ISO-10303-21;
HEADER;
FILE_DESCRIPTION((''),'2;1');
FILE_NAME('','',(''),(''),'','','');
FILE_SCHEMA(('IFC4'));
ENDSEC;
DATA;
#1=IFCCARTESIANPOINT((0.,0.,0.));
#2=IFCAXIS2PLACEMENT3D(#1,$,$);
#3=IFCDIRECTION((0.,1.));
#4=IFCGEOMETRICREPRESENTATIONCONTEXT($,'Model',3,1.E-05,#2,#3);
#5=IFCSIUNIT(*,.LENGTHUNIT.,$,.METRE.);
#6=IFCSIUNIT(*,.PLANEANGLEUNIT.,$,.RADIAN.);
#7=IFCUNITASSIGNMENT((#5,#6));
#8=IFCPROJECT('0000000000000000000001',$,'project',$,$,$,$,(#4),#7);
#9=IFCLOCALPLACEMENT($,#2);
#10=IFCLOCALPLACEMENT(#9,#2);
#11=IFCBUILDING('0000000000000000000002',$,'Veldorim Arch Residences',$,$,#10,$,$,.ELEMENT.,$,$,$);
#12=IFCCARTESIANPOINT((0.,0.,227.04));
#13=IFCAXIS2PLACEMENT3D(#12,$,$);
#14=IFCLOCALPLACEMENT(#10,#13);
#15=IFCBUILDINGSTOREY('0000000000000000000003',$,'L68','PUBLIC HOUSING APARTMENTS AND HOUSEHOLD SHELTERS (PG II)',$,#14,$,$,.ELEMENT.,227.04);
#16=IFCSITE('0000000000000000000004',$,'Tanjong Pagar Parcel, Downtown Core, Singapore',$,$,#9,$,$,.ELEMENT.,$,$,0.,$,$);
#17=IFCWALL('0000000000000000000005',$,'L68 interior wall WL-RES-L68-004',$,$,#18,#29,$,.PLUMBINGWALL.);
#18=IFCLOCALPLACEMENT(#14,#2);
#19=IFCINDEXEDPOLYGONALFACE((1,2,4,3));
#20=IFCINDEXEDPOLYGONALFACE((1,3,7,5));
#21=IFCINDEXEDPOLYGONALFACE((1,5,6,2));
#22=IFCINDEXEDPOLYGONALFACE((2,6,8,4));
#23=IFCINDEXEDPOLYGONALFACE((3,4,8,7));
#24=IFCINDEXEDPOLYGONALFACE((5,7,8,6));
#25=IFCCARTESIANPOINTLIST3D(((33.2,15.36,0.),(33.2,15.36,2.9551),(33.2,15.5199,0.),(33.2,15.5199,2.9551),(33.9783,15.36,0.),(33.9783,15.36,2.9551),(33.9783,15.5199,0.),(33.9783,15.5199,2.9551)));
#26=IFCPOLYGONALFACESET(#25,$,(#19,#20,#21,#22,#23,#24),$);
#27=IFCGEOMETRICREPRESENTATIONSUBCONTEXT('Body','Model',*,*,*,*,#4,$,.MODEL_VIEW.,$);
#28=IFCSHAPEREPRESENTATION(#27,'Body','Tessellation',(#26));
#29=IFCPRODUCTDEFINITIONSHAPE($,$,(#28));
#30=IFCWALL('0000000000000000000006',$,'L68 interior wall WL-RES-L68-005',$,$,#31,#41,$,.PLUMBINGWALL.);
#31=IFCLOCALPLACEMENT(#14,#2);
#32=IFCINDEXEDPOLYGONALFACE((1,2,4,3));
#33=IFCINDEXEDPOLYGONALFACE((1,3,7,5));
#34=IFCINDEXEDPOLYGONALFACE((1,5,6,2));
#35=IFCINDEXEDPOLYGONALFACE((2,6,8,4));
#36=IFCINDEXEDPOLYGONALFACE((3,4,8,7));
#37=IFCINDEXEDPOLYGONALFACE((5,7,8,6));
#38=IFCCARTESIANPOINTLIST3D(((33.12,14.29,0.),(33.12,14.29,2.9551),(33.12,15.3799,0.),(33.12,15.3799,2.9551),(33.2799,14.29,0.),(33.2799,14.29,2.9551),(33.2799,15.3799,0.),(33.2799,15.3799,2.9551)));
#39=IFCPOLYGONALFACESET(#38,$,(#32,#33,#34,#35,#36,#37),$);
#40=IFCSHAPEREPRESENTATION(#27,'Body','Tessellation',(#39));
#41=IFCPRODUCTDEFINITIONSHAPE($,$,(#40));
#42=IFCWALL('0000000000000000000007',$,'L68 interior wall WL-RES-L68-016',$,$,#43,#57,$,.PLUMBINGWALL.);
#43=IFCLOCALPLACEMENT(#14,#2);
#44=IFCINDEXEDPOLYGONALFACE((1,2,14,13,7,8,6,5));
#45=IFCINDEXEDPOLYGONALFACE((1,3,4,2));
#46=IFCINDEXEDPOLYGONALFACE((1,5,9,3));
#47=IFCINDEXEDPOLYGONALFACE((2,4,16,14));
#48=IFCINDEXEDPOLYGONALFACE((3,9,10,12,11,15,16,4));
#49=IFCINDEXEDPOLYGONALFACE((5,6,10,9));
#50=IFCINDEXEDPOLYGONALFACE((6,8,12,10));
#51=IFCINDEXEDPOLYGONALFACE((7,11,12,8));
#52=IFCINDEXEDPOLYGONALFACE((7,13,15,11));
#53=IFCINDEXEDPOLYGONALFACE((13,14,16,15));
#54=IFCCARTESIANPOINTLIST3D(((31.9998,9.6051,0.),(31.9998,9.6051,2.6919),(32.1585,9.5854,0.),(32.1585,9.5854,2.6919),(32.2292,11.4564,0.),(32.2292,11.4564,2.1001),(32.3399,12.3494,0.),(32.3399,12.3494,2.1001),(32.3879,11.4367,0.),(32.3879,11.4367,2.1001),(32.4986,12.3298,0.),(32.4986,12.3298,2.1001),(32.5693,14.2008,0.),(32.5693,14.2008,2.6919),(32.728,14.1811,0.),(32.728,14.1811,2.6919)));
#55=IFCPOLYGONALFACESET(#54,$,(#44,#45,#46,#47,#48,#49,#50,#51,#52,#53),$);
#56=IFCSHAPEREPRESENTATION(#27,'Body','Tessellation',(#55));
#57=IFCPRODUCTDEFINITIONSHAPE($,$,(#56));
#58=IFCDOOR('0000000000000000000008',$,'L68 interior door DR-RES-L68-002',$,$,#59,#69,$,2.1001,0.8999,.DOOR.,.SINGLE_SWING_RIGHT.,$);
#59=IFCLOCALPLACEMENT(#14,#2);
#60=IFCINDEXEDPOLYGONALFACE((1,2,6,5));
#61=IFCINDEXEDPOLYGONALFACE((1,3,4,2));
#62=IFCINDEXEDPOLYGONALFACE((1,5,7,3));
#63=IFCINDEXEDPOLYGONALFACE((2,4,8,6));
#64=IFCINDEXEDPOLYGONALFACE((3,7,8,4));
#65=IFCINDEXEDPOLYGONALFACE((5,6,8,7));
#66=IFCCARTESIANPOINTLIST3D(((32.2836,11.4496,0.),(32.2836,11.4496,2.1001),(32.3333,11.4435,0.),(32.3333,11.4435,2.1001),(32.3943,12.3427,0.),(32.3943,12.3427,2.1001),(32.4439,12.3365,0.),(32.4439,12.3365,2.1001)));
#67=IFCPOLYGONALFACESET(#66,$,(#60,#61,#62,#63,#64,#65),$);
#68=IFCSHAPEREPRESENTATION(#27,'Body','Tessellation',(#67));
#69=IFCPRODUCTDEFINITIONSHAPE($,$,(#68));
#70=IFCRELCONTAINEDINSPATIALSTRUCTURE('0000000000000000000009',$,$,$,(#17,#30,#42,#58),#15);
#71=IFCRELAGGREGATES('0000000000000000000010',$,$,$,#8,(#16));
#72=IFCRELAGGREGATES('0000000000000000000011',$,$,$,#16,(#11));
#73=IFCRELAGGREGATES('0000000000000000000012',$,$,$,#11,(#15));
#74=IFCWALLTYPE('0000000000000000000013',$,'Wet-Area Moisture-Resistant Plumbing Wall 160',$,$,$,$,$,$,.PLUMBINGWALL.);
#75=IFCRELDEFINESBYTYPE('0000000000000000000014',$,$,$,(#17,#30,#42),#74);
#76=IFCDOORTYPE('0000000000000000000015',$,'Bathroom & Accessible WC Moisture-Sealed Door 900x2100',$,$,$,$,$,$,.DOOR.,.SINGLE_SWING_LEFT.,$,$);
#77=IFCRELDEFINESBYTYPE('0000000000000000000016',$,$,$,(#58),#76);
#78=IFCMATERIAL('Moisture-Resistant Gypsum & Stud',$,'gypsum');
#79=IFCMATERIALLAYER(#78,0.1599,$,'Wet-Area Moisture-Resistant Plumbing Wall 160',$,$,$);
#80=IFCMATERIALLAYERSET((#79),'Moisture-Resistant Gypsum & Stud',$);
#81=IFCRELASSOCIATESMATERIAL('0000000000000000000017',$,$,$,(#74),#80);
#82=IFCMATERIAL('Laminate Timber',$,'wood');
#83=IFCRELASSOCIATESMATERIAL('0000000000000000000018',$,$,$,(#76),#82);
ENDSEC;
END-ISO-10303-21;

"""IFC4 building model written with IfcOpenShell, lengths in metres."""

from ifc_helpers import new_model, si_unit, direction, frame, frame_2d, origin, place, context, subcontext, project, spatial, rectangle, extrude, material, layer, layer_set, type_object, element, fill, save


model = new_model("IFC4")

# Units and contexts
model_context = context("Model", 3, precision=1e-05, world=origin(), true_north=direction((0.0, 1.0)))
body_context = subcontext(model_context, "Body", "Model", "MODEL_VIEW")
ifc_project = project(units=[si_unit("LENGTHUNIT", "METRE"), si_unit("PLANEANGLEUNIT", "RADIAN")], contexts=[model_context])

# Site, building, storey
site_placement = place(None, origin())
site = spatial("IfcSite", under=ifc_project, at=site_placement, Name="Tanjong Pagar Parcel, Downtown Core, Singapore", CompositionType="ELEMENT", RefElevation=0.0)
building_placement = place(site_placement, origin())
building = spatial("IfcBuilding", under=site, at=building_placement, Name="Veldorim Arch Residences", CompositionType="ELEMENT")
storey_placement = place(building_placement, frame((0.0, 0.0, 227.04)))
storey = spatial("IfcBuildingStorey", under=building, at=storey_placement, Name="L68", Description="PUBLIC HOUSING APARTMENTS AND HOUSEHOLD SHELTERS (PG II)", CompositionType="ELEMENT", Elevation=227.04)

# Walls
ifc_material_1 = material(Name="Moisture-Resistant Gypsum & Stud", Category="gypsum")
ifc_layer_1 = layer(ifc_material_1, 0.1599, Name="Wet-Area Moisture-Resistant Plumbing Wall 160")
ifc_layer_set_1 = layer_set([ifc_layer_1], Name="Moisture-Resistant Gypsum & Stud")
wall_type_1 = type_object("IfcWallType", Name="Wet-Area Moisture-Resistant Plumbing Wall 160", PredefinedType="PLUMBINGWALL", material=ifc_layer_set_1)
wall_1_placement = place(storey_placement, frame((33.9783, 15.4399, 0.0), z_axis=(0.0, 0.0, 1.0), x_axis=(-1.0, 0.0, 0.0)))
element("IfcWall", 1, at=wall_1_placement, inside=storey, type_object=wall_type_1, Name="L68 interior wall WL-RES-L68-004", PredefinedType="PLUMBINGWALL", context=body_context, shape_type="SweptSolid", body=[
    extrude(rectangle(XDim=0.7783, YDim=0.1599, at=frame_2d((0.3892, 0.0))), origin(), (0.0, 0.0, 1.0), 2.9551),
])
wall_2_placement = place(storey_placement, frame((33.2, 15.3799, 0.0), z_axis=(0.0, 0.0, 1.0), x_axis=(0.0, -1.0, 0.0)))
element("IfcWall", 2, at=wall_2_placement, inside=storey, type_object=wall_type_1, Name="L68 interior wall WL-RES-L68-005", PredefinedType="PLUMBINGWALL", context=body_context, shape_type="SweptSolid", body=[
    extrude(rectangle(XDim=1.0898, YDim=0.1599, at=frame_2d((0.5449, 0.0))), origin(), (0.0, 0.0, 1.0), 2.9551),
])

# Wall, opening, door
wall_3_placement = place(storey_placement, frame((32.6487, 14.1909, 0.0), z_axis=(0.0, 0.0, 1.0), x_axis=(-0.122996, -0.992407, 0.0)))
wall_3 = element("IfcWall", 3, at=wall_3_placement, inside=storey, type_object=wall_type_1, Name="L68 interior wall WL-RES-L68-016", PredefinedType="PLUMBINGWALL", context=body_context, shape_type="SweptSolid", body=[
    extrude(rectangle(XDim=4.6309, YDim=0.1599, at=frame_2d((2.3154, 0.0))), origin(), (0.0, 0.0, 1.0), 2.6919),
])
opening_1_placement = place(wall_3_placement, frame((1.8655, 0.0, 0.0)))
opening_1 = element("IfcOpeningElement", 4, at=opening_1_placement, cuts=wall_3, PredefinedType="OPENING", context=body_context, shape_type="SweptSolid", body=[
    extrude(rectangle(XDim=0.8999, YDim=2.1001, at=frame_2d((0.45, 1.05))), frame((0.0, 0.0898, 0.0), z_axis=(0.0, -1.0, 0.0), x_axis=(1.0, 0.0, 0.0)), (0.0, 0.0, 1.0), 0.1799),
])
ifc_material_2 = material(Name="Laminate Timber", Category="wood")
door_type = type_object("IfcDoorType", Name="Bathroom & Accessible WC Moisture-Sealed Door 900x2100", OperationType="SINGLE_SWING_LEFT", PredefinedType="DOOR", material=ifc_material_2)
door_placement = place(opening_1_placement, origin())
door = element("IfcDoor", 5, at=door_placement, inside=storey, type_object=door_type, Name="L68 interior door DR-RES-L68-002", OperationType="SINGLE_SWING_RIGHT", OverallHeight=2.1001, OverallWidth=0.8999, PredefinedType="DOOR", context=body_context, shape_type="SweptSolid", body=[
    extrude(rectangle(XDim=0.8999, YDim=2.1001, at=frame_2d((0.45, 1.05))), frame((0.0, 0.0249, 0.0), z_axis=(0.0, -1.0, 0.0), x_axis=(1.0, 0.0, 0.0)), (0.0, 0.0, 1.0), 0.05),
])
fill(opening_1, door)

save(model, "model.ifc")
